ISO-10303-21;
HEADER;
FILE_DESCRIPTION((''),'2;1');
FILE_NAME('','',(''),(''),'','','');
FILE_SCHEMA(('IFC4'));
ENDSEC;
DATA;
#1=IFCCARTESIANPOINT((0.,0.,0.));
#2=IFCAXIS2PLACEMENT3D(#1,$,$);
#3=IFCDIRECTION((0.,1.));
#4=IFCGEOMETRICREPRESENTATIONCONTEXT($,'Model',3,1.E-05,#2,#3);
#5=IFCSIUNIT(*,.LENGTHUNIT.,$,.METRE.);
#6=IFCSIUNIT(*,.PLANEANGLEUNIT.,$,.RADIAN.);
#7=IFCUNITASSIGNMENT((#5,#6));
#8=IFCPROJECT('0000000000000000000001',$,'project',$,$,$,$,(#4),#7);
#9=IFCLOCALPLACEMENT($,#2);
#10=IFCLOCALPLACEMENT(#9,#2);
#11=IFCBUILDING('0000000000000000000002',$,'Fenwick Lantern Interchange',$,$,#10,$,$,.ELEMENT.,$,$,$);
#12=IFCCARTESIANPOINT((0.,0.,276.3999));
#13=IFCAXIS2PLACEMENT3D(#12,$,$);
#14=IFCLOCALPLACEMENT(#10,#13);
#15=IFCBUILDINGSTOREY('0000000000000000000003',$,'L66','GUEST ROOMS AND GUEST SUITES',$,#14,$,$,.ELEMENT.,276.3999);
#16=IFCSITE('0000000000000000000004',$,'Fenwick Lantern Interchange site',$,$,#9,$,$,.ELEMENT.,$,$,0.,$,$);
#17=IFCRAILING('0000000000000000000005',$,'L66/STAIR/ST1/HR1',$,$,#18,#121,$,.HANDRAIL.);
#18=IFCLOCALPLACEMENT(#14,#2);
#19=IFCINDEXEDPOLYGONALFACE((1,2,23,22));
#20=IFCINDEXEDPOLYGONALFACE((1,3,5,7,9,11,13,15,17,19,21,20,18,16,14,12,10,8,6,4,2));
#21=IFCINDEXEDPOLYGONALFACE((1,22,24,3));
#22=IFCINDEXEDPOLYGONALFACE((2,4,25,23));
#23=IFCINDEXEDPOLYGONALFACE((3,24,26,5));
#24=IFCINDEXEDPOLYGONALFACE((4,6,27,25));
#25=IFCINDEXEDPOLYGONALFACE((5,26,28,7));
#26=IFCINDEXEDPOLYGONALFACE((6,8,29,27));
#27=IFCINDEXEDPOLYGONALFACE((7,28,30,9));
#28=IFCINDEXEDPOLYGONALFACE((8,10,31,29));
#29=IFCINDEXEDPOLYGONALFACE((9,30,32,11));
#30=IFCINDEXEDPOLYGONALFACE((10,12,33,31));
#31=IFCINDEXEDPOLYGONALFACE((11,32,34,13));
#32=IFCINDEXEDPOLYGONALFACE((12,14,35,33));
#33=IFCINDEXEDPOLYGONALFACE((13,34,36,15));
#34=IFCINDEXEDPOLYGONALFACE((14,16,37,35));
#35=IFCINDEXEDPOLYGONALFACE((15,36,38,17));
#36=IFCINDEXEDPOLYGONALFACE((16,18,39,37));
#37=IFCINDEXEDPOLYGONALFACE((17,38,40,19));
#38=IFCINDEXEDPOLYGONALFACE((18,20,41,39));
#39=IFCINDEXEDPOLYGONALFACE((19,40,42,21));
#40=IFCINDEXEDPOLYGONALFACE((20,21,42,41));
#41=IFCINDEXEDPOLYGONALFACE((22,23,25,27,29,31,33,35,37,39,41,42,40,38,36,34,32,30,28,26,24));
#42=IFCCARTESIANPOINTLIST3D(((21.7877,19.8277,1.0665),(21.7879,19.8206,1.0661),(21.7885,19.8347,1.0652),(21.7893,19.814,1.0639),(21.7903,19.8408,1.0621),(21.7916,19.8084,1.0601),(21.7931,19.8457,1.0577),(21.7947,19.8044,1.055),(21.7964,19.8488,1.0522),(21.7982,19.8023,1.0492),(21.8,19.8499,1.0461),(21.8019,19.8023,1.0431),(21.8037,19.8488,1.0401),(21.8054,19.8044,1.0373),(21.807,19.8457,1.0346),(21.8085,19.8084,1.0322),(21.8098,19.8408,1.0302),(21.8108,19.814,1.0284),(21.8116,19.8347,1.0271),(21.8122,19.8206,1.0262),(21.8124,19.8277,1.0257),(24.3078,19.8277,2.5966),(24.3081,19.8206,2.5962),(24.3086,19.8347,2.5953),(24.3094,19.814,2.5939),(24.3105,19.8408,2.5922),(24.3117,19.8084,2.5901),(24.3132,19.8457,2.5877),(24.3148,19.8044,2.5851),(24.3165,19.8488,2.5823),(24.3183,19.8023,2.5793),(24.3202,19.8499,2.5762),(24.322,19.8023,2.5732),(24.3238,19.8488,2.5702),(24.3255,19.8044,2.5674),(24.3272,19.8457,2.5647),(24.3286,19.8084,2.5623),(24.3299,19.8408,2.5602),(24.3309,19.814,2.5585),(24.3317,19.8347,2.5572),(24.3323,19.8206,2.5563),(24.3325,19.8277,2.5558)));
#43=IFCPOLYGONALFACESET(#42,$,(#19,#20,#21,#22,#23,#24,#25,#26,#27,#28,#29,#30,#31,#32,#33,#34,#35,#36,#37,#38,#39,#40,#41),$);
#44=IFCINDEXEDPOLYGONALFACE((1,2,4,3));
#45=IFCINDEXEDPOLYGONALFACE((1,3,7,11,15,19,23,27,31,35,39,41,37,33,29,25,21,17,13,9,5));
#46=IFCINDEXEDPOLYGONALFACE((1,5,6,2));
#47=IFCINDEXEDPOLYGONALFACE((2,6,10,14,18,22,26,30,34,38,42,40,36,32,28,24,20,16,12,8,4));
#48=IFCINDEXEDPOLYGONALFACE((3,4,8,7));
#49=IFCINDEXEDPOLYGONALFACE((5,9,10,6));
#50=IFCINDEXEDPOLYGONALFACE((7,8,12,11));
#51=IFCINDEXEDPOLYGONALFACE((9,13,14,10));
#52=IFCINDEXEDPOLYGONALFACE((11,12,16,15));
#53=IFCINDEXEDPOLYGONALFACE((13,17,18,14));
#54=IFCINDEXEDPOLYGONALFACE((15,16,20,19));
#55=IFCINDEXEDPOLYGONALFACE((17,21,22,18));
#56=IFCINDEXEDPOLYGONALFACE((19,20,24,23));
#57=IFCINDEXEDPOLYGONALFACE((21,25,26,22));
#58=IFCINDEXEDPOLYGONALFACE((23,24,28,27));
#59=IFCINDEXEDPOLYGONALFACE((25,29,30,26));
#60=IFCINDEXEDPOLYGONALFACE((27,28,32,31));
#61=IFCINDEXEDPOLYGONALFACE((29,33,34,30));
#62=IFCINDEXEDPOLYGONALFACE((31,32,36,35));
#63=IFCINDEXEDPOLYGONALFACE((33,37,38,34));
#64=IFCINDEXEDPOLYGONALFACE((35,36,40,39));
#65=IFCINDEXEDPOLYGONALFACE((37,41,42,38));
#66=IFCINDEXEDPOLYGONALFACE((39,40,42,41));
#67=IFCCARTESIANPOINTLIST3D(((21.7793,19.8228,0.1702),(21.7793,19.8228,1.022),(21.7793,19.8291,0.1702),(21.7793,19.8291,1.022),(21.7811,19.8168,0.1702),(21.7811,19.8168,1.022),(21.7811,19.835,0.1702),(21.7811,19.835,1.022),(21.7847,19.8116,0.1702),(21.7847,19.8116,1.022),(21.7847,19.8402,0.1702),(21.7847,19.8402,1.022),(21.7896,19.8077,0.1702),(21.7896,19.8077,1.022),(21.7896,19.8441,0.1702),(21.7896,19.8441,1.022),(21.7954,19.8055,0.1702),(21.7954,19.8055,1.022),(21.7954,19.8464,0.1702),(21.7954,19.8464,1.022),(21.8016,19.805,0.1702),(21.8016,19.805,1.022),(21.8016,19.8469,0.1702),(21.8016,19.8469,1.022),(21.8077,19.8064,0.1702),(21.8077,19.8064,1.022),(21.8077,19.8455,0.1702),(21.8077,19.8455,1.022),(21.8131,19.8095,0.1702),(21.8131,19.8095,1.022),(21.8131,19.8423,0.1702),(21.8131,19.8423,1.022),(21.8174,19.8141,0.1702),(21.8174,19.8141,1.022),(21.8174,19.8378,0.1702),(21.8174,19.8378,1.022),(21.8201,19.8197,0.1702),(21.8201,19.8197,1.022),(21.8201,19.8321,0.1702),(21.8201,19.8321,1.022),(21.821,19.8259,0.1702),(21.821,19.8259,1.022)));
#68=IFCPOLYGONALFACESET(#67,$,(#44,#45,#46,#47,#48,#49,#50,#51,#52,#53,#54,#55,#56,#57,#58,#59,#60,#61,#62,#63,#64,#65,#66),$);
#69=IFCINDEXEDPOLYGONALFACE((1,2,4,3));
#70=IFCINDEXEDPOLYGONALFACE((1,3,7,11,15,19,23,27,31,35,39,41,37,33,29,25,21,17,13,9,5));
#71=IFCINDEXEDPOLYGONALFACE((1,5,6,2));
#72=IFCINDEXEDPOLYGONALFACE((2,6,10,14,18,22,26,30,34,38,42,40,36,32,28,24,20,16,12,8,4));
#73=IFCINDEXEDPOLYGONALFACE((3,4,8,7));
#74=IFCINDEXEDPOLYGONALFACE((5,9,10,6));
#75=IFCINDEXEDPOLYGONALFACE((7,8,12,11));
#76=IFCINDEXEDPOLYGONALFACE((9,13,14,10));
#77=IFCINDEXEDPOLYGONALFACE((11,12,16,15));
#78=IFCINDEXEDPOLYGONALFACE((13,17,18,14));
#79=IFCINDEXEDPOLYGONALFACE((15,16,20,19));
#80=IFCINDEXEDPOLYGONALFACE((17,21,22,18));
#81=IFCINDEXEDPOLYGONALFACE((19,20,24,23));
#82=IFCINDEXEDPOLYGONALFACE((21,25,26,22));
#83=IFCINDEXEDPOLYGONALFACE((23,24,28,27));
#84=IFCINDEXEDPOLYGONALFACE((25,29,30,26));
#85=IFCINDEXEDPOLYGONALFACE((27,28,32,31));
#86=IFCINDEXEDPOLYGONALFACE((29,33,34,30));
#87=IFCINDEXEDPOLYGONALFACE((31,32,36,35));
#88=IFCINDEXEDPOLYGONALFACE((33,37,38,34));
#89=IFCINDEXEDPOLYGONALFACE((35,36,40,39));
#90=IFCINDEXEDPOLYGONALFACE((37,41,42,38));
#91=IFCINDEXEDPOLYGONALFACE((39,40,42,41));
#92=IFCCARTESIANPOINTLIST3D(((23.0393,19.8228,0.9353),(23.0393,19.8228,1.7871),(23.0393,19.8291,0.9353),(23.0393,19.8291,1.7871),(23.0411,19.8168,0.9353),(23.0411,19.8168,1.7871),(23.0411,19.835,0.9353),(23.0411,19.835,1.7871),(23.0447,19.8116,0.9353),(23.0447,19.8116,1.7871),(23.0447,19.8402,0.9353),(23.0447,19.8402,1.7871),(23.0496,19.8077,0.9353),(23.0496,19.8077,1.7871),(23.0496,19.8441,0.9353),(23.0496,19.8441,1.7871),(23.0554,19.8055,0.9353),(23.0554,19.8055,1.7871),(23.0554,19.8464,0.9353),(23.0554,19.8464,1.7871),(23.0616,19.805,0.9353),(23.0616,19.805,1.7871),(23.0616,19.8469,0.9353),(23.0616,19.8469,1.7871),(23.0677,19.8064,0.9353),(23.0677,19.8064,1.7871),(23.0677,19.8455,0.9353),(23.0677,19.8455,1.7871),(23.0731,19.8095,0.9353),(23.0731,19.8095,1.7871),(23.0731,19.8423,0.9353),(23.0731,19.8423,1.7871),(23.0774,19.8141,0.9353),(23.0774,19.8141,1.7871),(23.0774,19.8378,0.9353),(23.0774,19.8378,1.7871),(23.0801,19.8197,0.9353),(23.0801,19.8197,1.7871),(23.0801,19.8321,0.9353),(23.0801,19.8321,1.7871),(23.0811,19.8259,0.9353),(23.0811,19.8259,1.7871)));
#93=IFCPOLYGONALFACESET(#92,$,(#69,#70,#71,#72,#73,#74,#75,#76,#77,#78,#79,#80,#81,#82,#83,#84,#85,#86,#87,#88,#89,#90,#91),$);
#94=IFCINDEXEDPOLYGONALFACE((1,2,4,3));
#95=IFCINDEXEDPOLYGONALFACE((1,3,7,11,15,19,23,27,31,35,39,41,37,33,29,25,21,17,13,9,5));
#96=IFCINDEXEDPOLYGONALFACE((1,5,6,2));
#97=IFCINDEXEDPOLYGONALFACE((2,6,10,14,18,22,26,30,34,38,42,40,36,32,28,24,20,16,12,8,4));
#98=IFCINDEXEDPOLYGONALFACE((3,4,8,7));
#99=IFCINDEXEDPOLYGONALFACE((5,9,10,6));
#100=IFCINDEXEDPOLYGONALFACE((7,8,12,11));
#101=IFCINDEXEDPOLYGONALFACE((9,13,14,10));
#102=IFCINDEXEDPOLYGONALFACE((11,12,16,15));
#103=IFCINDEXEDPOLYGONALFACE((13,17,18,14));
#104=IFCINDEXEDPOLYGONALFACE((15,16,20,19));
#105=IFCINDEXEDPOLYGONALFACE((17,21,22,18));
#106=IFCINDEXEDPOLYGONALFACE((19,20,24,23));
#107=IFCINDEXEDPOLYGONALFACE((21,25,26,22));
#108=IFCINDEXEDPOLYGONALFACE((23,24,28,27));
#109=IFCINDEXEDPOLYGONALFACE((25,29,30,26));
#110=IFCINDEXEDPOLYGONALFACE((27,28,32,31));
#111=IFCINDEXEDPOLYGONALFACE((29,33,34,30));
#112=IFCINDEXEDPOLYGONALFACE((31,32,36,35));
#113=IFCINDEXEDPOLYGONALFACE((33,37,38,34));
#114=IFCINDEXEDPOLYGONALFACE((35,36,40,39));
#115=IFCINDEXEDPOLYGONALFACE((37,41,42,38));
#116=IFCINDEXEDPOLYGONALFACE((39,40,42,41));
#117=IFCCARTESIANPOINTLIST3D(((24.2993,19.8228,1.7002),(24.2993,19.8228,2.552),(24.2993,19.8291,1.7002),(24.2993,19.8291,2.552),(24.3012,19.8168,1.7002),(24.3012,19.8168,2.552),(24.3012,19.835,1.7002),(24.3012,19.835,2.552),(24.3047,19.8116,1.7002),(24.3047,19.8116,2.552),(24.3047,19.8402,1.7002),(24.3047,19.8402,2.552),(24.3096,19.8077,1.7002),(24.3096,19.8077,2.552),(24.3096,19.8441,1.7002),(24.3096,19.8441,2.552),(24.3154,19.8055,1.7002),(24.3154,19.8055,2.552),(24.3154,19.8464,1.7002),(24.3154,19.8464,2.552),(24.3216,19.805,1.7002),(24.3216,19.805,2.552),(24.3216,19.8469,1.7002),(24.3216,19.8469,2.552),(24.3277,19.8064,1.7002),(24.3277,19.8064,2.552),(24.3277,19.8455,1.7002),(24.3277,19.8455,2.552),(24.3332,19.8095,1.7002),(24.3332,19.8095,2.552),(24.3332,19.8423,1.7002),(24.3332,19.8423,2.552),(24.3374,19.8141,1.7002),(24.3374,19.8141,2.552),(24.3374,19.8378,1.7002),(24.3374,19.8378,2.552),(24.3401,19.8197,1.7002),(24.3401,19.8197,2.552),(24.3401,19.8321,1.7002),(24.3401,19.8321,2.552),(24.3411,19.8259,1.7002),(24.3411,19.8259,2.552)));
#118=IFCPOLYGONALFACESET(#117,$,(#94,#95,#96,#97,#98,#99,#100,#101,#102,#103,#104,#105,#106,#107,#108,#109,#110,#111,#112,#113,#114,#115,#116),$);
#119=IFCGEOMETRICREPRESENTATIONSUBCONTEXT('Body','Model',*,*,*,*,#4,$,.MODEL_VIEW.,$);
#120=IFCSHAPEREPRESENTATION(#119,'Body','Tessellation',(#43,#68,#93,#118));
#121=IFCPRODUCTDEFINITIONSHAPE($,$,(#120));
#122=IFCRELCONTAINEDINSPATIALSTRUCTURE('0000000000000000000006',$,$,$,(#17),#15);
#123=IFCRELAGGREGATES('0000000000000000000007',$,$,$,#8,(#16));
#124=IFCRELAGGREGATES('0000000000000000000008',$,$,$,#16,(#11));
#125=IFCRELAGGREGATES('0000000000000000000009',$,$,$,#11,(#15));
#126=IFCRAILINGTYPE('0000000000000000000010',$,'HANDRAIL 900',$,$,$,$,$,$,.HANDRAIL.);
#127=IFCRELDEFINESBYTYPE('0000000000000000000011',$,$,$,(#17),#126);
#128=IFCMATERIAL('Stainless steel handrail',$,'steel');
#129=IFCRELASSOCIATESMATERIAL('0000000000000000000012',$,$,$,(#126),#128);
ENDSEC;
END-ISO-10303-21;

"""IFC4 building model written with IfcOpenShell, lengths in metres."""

from ifc_helpers import new_model, si_unit, direction, frame, origin, origin_2d, place, context, subcontext, project, spatial, circle, extrude, material, type_object, element, save


model = new_model("IFC4")

# Units and contexts
model_context = context("Model", 3, precision=1e-05, world=origin(), true_north=direction((0.0, 1.0)))
body_context = subcontext(model_context, "Body", "Model", "MODEL_VIEW")
ifc_project = project(units=[si_unit("LENGTHUNIT", "METRE"), si_unit("PLANEANGLEUNIT", "RADIAN")], contexts=[model_context])

# Site, building, storey
site_placement = place(None, origin())
site = spatial("IfcSite", under=ifc_project, at=site_placement, Name="Fenwick Lantern Interchange site", CompositionType="ELEMENT", RefElevation=0.0)
building_placement = place(site_placement, origin())
building = spatial("IfcBuilding", under=site, at=building_placement, Name="Fenwick Lantern Interchange", CompositionType="ELEMENT")
storey_placement = place(building_placement, frame((0.0, 0.0, 276.3999)))
storey = spatial("IfcBuildingStorey", under=building, at=storey_placement, Name="L66", Description="GUEST ROOMS AND GUEST SUITES", CompositionType="ELEMENT", Elevation=276.3999)

# Railing
ifc_material_1 = material(Name="Stainless steel handrail", Category="steel")
railing_type = type_object("IfcRailingType", Name="HANDRAIL 900", PredefinedType="HANDRAIL", material=ifc_material_1)
railing_1_placement = place(storey_placement, frame((21.8, 19.8259, 0.1702)))
element("IfcRailing", 1, at=railing_1_placement, inside=storey, type_object=railing_type, Name="L66/STAIR/ST1/HR1", PredefinedType="HANDRAIL", context=body_context, shape_type="SweptSolid", body=[
    extrude(circle(Radius=0.0239, at=origin_2d()), frame((0.0, 0.0, 0.876), z_axis=(0.854785, 0.0, 0.518982), x_axis=(0.0, 1.0, 0.0)), (0.0, 0.0, 1.0), 2.9482),
    extrude(circle(Radius=0.021, at=origin_2d()), origin(), (0.0, 0.0, 1.0), 0.8518),
    extrude(circle(Radius=0.021, at=origin_2d()), frame((1.26, 0.0, 0.7651)), (0.0, 0.0, 1.0), 0.8518),
    extrude(circle(Radius=0.021, at=origin_2d()), frame((2.52, 0.0, 1.53)), (0.0, 0.0, 1.0), 0.8518),
])

save(model, "model.ifc")
